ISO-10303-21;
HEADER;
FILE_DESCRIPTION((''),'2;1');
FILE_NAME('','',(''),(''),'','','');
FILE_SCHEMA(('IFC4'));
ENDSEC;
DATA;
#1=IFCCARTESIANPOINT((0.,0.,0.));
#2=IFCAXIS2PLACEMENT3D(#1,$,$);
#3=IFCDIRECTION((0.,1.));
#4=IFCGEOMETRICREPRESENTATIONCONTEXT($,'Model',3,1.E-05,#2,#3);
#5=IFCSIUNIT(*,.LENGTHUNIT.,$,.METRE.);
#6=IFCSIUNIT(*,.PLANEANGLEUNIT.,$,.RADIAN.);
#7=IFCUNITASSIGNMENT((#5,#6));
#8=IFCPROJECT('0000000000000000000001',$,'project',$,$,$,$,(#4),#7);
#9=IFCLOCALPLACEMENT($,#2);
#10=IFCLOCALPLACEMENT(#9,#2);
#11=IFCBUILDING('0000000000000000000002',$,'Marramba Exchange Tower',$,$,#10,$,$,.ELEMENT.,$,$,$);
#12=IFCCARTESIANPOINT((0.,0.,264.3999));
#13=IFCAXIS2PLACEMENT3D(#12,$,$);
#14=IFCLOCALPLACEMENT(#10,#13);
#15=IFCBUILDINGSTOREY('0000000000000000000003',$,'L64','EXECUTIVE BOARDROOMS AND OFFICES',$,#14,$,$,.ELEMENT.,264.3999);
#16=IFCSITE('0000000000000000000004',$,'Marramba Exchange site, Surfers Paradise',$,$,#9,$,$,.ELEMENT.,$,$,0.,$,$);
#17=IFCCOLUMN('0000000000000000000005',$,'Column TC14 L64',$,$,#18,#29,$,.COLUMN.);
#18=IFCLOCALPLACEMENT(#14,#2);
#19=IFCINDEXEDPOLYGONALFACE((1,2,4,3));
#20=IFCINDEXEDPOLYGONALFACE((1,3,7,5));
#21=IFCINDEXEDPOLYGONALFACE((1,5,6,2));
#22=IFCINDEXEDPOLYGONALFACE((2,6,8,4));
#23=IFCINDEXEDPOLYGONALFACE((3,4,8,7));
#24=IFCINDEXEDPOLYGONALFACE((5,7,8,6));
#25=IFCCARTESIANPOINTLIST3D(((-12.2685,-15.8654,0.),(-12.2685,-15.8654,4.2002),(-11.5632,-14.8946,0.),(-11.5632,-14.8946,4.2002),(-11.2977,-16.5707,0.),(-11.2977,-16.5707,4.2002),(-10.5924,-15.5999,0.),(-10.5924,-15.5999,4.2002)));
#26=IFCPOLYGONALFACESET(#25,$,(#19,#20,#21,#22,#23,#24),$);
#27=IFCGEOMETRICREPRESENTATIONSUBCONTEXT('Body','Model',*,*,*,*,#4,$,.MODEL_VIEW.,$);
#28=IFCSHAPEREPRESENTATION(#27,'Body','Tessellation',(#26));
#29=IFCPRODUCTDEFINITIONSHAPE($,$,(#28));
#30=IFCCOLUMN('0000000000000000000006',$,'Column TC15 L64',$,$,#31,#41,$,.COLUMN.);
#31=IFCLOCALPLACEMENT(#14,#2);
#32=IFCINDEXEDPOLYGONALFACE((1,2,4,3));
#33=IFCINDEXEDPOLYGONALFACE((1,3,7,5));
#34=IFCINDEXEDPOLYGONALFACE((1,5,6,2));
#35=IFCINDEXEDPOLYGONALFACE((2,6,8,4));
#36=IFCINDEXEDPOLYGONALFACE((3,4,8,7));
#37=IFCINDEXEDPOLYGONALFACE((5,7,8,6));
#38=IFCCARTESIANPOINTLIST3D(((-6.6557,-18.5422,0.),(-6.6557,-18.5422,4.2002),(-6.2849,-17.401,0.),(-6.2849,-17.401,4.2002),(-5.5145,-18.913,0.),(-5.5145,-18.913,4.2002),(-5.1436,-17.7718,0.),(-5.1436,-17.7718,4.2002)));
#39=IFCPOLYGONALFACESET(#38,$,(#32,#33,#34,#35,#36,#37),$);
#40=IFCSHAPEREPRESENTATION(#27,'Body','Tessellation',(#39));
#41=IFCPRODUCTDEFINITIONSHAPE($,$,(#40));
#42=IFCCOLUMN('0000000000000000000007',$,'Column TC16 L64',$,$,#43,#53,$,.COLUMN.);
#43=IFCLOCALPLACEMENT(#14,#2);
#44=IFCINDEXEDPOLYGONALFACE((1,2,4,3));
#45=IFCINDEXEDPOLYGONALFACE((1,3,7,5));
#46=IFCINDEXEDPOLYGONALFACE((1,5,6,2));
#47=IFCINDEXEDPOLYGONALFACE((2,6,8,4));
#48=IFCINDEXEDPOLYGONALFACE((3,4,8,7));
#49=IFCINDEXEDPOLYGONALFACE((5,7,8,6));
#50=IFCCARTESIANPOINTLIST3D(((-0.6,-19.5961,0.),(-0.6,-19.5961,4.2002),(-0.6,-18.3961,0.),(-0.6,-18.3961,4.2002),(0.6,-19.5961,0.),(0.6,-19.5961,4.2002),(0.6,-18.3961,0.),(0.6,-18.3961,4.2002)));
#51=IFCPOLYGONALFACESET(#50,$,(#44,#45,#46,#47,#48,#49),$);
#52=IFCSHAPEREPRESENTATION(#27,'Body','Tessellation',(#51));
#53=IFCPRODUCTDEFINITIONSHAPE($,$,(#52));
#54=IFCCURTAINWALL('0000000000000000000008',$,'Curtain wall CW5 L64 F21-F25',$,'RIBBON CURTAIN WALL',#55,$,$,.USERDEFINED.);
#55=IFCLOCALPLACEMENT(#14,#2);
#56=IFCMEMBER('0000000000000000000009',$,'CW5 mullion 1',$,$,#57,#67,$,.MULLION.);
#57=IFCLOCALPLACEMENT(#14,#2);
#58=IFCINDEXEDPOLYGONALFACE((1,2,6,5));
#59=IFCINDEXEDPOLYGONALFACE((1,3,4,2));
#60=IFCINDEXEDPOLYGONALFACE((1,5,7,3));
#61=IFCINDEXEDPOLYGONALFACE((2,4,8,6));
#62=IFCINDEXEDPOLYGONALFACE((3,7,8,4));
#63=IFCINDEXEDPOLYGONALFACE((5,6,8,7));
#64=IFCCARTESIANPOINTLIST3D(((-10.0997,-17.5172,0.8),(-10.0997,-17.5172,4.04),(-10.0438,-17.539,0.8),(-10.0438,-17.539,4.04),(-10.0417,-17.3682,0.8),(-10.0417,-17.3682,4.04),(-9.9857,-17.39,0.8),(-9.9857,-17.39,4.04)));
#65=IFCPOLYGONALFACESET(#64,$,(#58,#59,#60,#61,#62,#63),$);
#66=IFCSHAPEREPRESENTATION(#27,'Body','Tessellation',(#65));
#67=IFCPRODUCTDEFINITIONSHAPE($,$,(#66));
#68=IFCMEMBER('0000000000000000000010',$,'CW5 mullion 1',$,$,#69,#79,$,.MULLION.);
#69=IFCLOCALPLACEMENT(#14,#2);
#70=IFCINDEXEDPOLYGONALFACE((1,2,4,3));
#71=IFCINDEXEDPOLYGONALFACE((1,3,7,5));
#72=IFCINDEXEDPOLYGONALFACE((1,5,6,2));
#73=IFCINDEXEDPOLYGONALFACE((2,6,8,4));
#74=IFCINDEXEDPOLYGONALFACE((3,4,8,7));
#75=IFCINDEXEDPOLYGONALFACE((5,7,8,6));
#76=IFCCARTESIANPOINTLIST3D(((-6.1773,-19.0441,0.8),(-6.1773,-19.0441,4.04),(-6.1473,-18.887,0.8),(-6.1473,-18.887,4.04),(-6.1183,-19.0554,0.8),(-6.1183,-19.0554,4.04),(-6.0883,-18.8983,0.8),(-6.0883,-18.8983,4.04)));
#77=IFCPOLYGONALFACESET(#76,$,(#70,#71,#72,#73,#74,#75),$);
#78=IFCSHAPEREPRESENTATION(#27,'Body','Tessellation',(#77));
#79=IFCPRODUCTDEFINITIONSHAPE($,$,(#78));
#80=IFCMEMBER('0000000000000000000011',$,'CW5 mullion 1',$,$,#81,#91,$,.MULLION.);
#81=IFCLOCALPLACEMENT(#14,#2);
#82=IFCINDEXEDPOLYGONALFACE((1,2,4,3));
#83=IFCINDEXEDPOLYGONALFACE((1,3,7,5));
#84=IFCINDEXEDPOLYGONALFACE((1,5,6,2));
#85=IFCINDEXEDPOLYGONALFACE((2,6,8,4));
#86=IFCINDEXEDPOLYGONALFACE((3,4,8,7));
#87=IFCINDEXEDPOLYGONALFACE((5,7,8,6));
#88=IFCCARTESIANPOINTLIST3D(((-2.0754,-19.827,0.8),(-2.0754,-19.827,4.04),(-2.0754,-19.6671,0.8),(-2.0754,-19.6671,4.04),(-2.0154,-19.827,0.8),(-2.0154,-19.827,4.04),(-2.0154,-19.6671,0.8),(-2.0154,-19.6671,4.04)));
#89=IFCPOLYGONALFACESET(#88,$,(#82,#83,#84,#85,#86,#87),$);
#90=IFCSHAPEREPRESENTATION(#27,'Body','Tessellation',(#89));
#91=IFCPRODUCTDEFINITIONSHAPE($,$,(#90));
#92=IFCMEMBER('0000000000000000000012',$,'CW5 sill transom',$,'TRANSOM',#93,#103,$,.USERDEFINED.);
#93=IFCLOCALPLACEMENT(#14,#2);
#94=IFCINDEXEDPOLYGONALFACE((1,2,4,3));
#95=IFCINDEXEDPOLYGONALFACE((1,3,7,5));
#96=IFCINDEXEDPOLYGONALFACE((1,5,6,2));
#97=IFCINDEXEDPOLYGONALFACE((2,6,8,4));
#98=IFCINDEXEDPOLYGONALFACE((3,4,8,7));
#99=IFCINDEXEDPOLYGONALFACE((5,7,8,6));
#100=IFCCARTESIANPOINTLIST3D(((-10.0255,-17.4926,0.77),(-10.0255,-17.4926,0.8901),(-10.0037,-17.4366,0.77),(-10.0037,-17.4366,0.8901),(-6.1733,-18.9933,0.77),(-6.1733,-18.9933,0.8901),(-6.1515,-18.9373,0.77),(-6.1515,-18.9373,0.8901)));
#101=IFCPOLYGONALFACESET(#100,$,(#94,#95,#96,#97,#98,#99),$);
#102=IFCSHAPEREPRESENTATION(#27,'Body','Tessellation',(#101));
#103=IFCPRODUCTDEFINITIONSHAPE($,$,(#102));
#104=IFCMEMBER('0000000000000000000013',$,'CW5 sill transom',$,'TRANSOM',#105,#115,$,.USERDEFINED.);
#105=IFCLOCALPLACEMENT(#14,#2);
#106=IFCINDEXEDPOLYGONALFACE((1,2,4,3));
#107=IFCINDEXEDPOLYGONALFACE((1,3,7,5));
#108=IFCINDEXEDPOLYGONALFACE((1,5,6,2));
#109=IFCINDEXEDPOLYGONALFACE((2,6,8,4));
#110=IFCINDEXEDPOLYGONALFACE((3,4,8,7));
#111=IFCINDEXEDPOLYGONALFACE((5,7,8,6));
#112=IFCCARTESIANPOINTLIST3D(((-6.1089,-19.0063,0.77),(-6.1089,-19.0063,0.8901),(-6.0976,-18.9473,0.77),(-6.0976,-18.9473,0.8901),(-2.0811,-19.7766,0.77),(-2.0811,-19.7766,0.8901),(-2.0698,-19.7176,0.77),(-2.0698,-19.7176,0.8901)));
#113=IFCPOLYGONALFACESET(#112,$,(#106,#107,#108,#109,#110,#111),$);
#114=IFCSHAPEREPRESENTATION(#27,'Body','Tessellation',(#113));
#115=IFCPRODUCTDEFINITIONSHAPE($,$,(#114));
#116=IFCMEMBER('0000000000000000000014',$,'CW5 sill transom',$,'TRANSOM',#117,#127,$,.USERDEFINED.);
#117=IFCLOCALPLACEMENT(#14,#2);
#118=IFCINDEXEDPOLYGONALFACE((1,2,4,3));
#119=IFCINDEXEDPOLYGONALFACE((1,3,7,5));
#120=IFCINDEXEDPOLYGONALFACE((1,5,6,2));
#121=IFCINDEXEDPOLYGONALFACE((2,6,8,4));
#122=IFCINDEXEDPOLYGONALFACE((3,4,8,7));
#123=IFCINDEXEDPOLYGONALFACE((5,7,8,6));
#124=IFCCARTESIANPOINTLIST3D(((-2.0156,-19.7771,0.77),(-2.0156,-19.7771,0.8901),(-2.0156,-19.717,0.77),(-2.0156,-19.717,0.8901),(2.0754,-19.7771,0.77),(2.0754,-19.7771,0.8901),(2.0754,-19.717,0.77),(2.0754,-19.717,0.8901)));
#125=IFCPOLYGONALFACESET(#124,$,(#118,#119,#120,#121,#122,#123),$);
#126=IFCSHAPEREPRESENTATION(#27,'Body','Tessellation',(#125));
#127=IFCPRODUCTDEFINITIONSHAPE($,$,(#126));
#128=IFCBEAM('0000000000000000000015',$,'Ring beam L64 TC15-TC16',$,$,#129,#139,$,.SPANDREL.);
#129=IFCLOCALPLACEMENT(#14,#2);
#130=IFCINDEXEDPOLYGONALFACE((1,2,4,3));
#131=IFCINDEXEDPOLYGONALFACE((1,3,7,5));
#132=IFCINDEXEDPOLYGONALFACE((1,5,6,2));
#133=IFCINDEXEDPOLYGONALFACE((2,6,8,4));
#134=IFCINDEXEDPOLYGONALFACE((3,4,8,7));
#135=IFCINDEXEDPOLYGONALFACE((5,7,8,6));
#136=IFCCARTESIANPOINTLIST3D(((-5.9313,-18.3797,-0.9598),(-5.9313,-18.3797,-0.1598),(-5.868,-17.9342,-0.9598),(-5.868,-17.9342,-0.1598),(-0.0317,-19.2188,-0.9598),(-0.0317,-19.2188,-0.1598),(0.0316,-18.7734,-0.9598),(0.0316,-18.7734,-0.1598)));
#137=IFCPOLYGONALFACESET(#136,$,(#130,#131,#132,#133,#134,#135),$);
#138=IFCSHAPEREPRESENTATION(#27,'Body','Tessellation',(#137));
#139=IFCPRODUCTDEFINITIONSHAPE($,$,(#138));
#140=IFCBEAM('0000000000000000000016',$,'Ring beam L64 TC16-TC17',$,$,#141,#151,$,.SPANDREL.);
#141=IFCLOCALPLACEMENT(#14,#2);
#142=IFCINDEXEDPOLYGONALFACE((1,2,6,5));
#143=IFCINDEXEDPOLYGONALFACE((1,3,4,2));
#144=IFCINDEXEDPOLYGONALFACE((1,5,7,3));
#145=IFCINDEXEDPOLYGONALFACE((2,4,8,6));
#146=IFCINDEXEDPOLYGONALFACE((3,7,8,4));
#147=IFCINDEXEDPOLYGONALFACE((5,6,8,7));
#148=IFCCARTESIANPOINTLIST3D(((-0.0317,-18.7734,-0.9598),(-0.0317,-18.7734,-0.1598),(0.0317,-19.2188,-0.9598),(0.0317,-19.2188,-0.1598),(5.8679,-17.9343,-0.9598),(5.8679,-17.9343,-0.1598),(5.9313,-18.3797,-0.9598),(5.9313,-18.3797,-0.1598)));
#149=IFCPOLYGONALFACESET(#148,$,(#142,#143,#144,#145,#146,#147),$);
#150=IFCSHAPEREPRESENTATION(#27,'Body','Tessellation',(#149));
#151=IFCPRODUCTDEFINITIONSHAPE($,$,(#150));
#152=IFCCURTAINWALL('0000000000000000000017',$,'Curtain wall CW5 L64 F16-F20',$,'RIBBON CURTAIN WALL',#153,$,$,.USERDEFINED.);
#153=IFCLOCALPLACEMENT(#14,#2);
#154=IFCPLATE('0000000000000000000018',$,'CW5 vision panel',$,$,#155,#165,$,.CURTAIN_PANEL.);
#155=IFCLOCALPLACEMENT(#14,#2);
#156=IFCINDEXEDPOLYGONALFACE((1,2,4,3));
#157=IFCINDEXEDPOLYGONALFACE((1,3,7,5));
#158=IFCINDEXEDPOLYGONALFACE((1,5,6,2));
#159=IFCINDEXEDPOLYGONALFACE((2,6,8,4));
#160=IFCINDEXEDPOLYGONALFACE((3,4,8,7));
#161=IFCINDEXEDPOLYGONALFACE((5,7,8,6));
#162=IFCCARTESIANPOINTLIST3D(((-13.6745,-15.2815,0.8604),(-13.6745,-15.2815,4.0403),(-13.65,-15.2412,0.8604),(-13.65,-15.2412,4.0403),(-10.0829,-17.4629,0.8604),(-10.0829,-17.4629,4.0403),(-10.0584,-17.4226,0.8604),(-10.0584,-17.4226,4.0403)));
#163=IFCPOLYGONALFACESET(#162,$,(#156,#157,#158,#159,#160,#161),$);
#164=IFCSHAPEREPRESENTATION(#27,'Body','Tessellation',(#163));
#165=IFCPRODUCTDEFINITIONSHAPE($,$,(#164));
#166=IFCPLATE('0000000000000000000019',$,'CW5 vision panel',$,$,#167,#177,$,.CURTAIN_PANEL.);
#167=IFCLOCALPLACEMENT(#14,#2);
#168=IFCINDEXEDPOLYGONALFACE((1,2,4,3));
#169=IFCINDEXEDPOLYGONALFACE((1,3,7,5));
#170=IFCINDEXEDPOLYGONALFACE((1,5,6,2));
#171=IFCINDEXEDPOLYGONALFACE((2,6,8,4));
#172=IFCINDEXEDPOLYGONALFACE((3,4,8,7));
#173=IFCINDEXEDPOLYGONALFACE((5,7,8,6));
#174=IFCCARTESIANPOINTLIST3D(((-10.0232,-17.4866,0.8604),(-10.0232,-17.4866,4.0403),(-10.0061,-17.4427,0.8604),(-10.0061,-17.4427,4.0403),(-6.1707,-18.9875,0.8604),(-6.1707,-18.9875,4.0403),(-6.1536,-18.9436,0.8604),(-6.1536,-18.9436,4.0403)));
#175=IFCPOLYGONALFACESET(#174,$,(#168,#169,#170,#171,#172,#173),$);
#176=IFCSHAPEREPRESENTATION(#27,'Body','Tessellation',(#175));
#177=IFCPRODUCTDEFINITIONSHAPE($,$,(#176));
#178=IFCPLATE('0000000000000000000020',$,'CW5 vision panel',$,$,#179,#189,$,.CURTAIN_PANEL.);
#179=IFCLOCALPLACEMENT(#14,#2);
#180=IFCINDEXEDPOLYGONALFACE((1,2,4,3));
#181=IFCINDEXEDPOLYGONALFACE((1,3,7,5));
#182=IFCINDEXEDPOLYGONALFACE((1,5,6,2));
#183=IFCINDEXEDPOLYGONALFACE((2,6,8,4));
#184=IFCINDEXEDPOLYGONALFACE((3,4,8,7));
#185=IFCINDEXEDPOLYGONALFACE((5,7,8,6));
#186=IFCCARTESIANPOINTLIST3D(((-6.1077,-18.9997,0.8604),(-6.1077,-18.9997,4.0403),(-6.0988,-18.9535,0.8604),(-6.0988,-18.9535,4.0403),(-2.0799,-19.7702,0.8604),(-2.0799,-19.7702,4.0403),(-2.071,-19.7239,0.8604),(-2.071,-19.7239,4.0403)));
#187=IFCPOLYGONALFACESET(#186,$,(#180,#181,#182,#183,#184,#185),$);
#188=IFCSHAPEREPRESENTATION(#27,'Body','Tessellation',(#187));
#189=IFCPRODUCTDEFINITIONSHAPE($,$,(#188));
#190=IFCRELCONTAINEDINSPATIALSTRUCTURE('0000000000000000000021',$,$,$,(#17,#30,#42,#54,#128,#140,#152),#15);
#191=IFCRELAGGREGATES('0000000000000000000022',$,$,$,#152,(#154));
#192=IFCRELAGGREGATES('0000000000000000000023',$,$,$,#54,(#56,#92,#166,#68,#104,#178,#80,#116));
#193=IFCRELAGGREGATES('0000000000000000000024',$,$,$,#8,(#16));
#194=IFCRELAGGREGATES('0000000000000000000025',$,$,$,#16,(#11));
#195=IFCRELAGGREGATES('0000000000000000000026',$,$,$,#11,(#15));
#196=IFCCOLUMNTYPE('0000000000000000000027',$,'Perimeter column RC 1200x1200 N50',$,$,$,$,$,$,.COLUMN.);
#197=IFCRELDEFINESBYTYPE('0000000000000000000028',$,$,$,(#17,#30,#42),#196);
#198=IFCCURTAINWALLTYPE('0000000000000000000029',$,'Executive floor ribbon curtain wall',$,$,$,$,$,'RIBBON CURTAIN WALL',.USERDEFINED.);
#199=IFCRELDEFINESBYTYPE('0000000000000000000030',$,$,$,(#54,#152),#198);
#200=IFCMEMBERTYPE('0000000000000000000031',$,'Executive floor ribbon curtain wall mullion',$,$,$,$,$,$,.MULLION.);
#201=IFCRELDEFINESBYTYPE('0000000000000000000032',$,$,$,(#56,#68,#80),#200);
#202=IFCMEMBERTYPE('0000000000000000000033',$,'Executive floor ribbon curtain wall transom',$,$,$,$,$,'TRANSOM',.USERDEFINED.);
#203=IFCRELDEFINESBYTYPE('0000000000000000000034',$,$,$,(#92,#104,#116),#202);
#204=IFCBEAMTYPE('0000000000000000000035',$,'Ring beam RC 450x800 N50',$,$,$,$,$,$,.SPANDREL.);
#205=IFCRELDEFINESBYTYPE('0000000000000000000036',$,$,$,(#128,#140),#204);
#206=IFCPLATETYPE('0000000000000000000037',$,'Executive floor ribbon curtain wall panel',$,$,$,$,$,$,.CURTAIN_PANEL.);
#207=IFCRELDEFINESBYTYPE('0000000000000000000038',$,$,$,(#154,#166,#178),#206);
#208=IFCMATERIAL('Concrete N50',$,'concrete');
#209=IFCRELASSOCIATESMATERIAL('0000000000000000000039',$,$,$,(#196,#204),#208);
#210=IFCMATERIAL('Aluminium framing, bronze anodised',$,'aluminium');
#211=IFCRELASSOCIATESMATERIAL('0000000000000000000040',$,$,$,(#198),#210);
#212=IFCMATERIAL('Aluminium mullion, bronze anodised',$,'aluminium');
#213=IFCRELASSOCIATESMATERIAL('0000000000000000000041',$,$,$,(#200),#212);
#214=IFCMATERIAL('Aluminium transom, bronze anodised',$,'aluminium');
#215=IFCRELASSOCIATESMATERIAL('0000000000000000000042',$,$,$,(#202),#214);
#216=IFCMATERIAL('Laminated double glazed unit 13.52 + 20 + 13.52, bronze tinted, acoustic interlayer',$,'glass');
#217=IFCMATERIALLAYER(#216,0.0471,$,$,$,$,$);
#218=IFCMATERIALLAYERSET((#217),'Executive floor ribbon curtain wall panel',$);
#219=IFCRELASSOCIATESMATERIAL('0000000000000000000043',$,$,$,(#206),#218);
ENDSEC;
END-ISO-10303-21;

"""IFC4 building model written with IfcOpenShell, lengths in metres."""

from ifc_helpers import new_model, si_unit, direction, frame, origin, origin_2d, place, context, subcontext, project, spatial, rectangle, extrude, material, layer, layer_set, material_profile, profile_set, type_object, element, aggregate, save


model = new_model("IFC4")

# Units and contexts
model_context = context("Model", 3, precision=1e-05, world=origin(), true_north=direction((0.0, 1.0)))
body_context = subcontext(model_context, "Body", "Model", "MODEL_VIEW")
ifc_project = project(units=[si_unit("LENGTHUNIT", "METRE"), si_unit("PLANEANGLEUNIT", "RADIAN")], contexts=[model_context])

# Site, building, storey
site_placement = place(None, origin())
site = spatial("IfcSite", under=ifc_project, at=site_placement, Name="Marramba Exchange site, Surfers Paradise", CompositionType="ELEMENT", RefElevation=0.0)
building_placement = place(site_placement, origin())
building = spatial("IfcBuilding", under=site, at=building_placement, Name="Marramba Exchange Tower", CompositionType="ELEMENT")
storey_placement = place(building_placement, frame((0.0, 0.0, 264.3999)))
storey = spatial("IfcBuildingStorey", under=building, at=storey_placement, Name="L64", Description="EXECUTIVE BOARDROOMS AND OFFICES", CompositionType="ELEMENT", Elevation=264.3999)

# Columns
ifc_material_1 = material(Name="Concrete N50", Category="concrete")
ifc_material_profile_1 = material_profile(ifc_material_1, rectangle(XDim=1.2, YDim=1.2, at=origin_2d()), Name="RC 1200x1200")
ifc_profile_set_1 = profile_set([ifc_material_profile_1], Name="Concrete N50")
column_type = type_object("IfcColumnType", Name="Perimeter column RC 1200x1200 N50", PredefinedType="COLUMN", material=ifc_profile_set_1)
for number, where, z_axis, x_axis, name in (
    (1, (-11.4304, -15.7327, 0.0), (0.0, 0.0, 1.0), (-0.587785, -0.809017, 0.0), "Column TC14 L64"),
    (2, (-5.8997, -18.157, 0.0), (0.0, 0.0, 1.0), (-0.309017, -0.951057, 0.0), "Column TC15 L64"),
    (3, (0.0, -18.9961, 0.0), (0.0, 0.0, 1.0), (0.0, -1.0, 0.0), "Column TC16 L64"),
):
    element("IfcColumn", number, at=place(storey_placement, frame(where, z_axis=z_axis, x_axis=x_axis)), inside=storey, type_object=column_type, Name=name, PredefinedType="COLUMN", context=body_context, shape_type="SweptSolid", body=[
        extrude(rectangle(XDim=1.2, YDim=1.2, at=origin_2d()), origin(), (0.0, 0.0, 1.0), 4.2002),
    ])

# Curtain wall, members
ifc_material_2 = material(Name="Aluminium framing, bronze anodised", Category="aluminium")
curtain_wall_type = type_object("IfcCurtainWallType", Name="Executive floor ribbon curtain wall", ElementType="RIBBON CURTAIN WALL", PredefinedType="USERDEFINED", material=ifc_material_2)
curtain_wall_1_placement = place(storey_placement, origin())
curtain_wall_1 = element("IfcCurtainWall", 4, at=curtain_wall_1_placement, inside=storey, type_object=curtain_wall_type, Name="Curtain wall CW5 L64 F21-F25", ObjectType="RIBBON CURTAIN WALL", PredefinedType="USERDEFINED")
ifc_material_3 = material(Name="Aluminium mullion, bronze anodised", Category="aluminium")
ifc_material_profile_2 = material_profile(ifc_material_3, rectangle(XDim=0.1599, YDim=0.0601, at=origin_2d()), Name="CW5 mullion 60x160")
ifc_profile_set_2 = profile_set([ifc_material_profile_2], Name="Aluminium mullion, bronze anodised")
member_type_1 = type_object("IfcMemberType", Name="Executive floor ribbon curtain wall mullion", PredefinedType="MULLION", material=ifc_profile_set_2)
member_1_placement = place(storey_placement, frame((-10.0427, -17.4536, 0.8), z_axis=(0.0, 0.0, 1.0), x_axis=(0.36301, 0.931785, 0.0)))
member_1 = element("IfcMember", 5, at=member_1_placement, type_object=member_type_1, Name="CW5 mullion 1", PredefinedType="MULLION", context=body_context, shape_type="SweptSolid", body=[
    extrude(rectangle(XDim=0.1599, YDim=0.0601, at=origin_2d()), origin(), (0.0, 0.0, 1.0), 3.24),
])
member_2_placement = place(storey_placement, frame((-6.1328, -18.9712, 0.8), z_axis=(0.0, 0.0, 1.0), x_axis=(0.187873, 0.982193, 0.0)))
member_2 = element("IfcMember", 6, at=member_2_placement, type_object=member_type_1, Name="CW5 mullion 1", PredefinedType="MULLION", context=body_context, shape_type="SweptSolid", body=[
    extrude(rectangle(XDim=0.1599, YDim=0.0601, at=origin_2d()), origin(), (0.0, 0.0, 1.0), 3.24),
])
member_3_placement = place(storey_placement, frame((-2.0454, -19.7471, 0.8), z_axis=(0.0, 0.0, 1.0), x_axis=(0.0, 1.0, 0.0)))
member_3 = element("IfcMember", 7, at=member_3_placement, type_object=member_type_1, Name="CW5 mullion 1", PredefinedType="MULLION", context=body_context, shape_type="SweptSolid", body=[
    extrude(rectangle(XDim=0.1599, YDim=0.0601, at=origin_2d()), origin(), (0.0, 0.0, 1.0), 3.24),
])
ifc_material_4 = material(Name="Aluminium transom, bronze anodised", Category="aluminium")
ifc_material_profile_3 = material_profile(ifc_material_4, rectangle(XDim=0.0601, YDim=0.1201, at=origin_2d()), Name="CW5 transom 60x120")
ifc_profile_set_3 = profile_set([ifc_material_profile_3], Name="Aluminium transom, bronze anodised")
member_type_2 = type_object("IfcMemberType", Name="Executive floor ribbon curtain wall transom", ElementType="TRANSOM", PredefinedType="USERDEFINED", material=ifc_profile_set_3)
member_4_placement = place(storey_placement, frame((-10.0146, -17.4646, 0.8301), z_axis=(0.931791, -0.362996, 0.0), x_axis=(0.362996, 0.931791, 0.0)))
member_4 = element("IfcMember", 8, at=member_4_placement, type_object=member_type_2, Name="CW5 sill transom", ObjectType="TRANSOM", PredefinedType="USERDEFINED", context=body_context, shape_type="SweptSolid", body=[
    extrude(rectangle(XDim=0.0601, YDim=0.1201, at=origin_2d()), origin(), (0.0, 0.0, 1.0), 4.1343),
])
member_5_placement = place(storey_placement, frame((-6.1033, -18.9768, 0.8301), z_axis=(0.982201, -0.187832, 0.0), x_axis=(0.187832, 0.982201, 0.0)))
member_5 = element("IfcMember", 9, at=member_5_placement, type_object=member_type_2, Name="CW5 sill transom", ObjectType="TRANSOM", PredefinedType="USERDEFINED", context=body_context, shape_type="SweptSolid", body=[
    extrude(rectangle(XDim=0.0601, YDim=0.1201, at=origin_2d()), origin(), (0.0, 0.0, 1.0), 4.1008),
])
member_6_placement = place(storey_placement, frame((-2.0156, -19.7471, 0.8301), z_axis=(1.0, 0.0, 0.0), x_axis=(0.0, 1.0, 0.0)))
member_6 = element("IfcMember", 10, at=member_6_placement, type_object=member_type_2, Name="CW5 sill transom", ObjectType="TRANSOM", PredefinedType="USERDEFINED", context=body_context, shape_type="SweptSolid", body=[
    extrude(rectangle(XDim=0.0601, YDim=0.1201, at=origin_2d()), origin(), (0.0, 0.0, 1.0), 4.0911),
])

# Beams
ifc_material_profile_4 = material_profile(ifc_material_1, rectangle(XDim=0.45, YDim=0.8, at=origin_2d()), Name="RC 450x800")
ifc_profile_set_4 = profile_set([ifc_material_profile_4], Name="Concrete N50")
beam_type = type_object("IfcBeamType", Name="Ring beam RC 450x800 N50", PredefinedType="SPANDREL", material=ifc_profile_set_4)
for number, where, z_axis, x_axis, name in (
    (11, (-5.8997, -18.157, -0.5598), (0.990036, -0.140813, 0.0), (0.140813, 0.990036, 0.0), "Ring beam L64 TC15-TC16"),
    (12, (0.0, -18.9961, -0.5598), (0.990036, 0.140813, 0.0), (-0.140813, 0.990036, 0.0), "Ring beam L64 TC16-TC17"),
):
    element("IfcBeam", number, at=place(storey_placement, frame(where, z_axis=z_axis, x_axis=x_axis)), inside=storey, type_object=beam_type, Name=name, PredefinedType="SPANDREL", context=body_context, shape_type="SweptSolid", body=[
        extrude(rectangle(XDim=0.45, YDim=0.8, at=origin_2d()), origin(), (0.0, 0.0, 1.0), 5.959),
    ])

# Curtain wall, plate
curtain_wall_2_placement = place(storey_placement, origin())
curtain_wall_2 = element("IfcCurtainWall", 13, at=curtain_wall_2_placement, inside=storey, type_object=curtain_wall_type, Name="Curtain wall CW5 L64 F16-F20", ObjectType="RIBBON CURTAIN WALL", PredefinedType="USERDEFINED")
ifc_material_5 = material(Name="Laminated double glazed unit 13.52 + 20 + 13.52, bronze tinted, acoustic interlayer", Category="glass")
ifc_layer_1 = layer(ifc_material_5, 0.0471)
ifc_layer_set_1 = layer_set([ifc_layer_1], Name="Executive floor ribbon curtain wall panel")
plate_type = type_object("IfcPlateType", Name="Executive floor ribbon curtain wall panel", PredefinedType="CURTAIN_PANEL", material=ifc_layer_set_1)
plate_1_placement = place(storey_placement, frame((-11.8665, -16.3521, 0.8604), z_axis=(0.0, 0.0, 1.0), x_axis=(0.854704, -0.519115, 0.0)))
plate_1 = element("IfcPlate", 14, at=plate_1_placement, type_object=plate_type, Name="CW5 vision panel", PredefinedType="CURTAIN_PANEL", context=body_context, shape_type="SweptSolid", body=[
    extrude(rectangle(XDim=4.2021, YDim=0.0471, at=origin_2d()), origin(), (0.0, 0.0, 1.0), 3.1799),
])
aggregate(curtain_wall_2, [plate_1])

# Plates
plate_2_placement = place(storey_placement, frame((-8.0884, -18.2151, 0.8604), z_axis=(0.0, 0.0, 1.0), x_axis=(0.931785, -0.36301, 0.0)))
plate_2 = element("IfcPlate", 15, at=plate_2_placement, type_object=plate_type, Name="CW5 vision panel", PredefinedType="CURTAIN_PANEL", context=body_context, shape_type="SweptSolid", body=[
    extrude(rectangle(XDim=4.1345, YDim=0.0471, at=origin_2d()), origin(), (0.0, 0.0, 1.0), 3.1799),
])
plate_3_placement = place(storey_placement, frame((-4.0894, -19.3618, 0.8604), z_axis=(0.0, 0.0, 1.0), x_axis=(0.982193, -0.187873, 0.0)))
plate_3 = element("IfcPlate", 16, at=plate_3_placement, type_object=plate_type, Name="CW5 vision panel", PredefinedType="CURTAIN_PANEL", context=body_context, shape_type="SweptSolid", body=[
    extrude(rectangle(XDim=4.1008, YDim=0.0471, at=origin_2d()), origin(), (0.0, 0.0, 1.0), 3.1799),
])
aggregate(curtain_wall_1, [member_1, member_4, plate_2, member_2, member_5, plate_3, member_3, member_6])

save(model, "model.ifc")
